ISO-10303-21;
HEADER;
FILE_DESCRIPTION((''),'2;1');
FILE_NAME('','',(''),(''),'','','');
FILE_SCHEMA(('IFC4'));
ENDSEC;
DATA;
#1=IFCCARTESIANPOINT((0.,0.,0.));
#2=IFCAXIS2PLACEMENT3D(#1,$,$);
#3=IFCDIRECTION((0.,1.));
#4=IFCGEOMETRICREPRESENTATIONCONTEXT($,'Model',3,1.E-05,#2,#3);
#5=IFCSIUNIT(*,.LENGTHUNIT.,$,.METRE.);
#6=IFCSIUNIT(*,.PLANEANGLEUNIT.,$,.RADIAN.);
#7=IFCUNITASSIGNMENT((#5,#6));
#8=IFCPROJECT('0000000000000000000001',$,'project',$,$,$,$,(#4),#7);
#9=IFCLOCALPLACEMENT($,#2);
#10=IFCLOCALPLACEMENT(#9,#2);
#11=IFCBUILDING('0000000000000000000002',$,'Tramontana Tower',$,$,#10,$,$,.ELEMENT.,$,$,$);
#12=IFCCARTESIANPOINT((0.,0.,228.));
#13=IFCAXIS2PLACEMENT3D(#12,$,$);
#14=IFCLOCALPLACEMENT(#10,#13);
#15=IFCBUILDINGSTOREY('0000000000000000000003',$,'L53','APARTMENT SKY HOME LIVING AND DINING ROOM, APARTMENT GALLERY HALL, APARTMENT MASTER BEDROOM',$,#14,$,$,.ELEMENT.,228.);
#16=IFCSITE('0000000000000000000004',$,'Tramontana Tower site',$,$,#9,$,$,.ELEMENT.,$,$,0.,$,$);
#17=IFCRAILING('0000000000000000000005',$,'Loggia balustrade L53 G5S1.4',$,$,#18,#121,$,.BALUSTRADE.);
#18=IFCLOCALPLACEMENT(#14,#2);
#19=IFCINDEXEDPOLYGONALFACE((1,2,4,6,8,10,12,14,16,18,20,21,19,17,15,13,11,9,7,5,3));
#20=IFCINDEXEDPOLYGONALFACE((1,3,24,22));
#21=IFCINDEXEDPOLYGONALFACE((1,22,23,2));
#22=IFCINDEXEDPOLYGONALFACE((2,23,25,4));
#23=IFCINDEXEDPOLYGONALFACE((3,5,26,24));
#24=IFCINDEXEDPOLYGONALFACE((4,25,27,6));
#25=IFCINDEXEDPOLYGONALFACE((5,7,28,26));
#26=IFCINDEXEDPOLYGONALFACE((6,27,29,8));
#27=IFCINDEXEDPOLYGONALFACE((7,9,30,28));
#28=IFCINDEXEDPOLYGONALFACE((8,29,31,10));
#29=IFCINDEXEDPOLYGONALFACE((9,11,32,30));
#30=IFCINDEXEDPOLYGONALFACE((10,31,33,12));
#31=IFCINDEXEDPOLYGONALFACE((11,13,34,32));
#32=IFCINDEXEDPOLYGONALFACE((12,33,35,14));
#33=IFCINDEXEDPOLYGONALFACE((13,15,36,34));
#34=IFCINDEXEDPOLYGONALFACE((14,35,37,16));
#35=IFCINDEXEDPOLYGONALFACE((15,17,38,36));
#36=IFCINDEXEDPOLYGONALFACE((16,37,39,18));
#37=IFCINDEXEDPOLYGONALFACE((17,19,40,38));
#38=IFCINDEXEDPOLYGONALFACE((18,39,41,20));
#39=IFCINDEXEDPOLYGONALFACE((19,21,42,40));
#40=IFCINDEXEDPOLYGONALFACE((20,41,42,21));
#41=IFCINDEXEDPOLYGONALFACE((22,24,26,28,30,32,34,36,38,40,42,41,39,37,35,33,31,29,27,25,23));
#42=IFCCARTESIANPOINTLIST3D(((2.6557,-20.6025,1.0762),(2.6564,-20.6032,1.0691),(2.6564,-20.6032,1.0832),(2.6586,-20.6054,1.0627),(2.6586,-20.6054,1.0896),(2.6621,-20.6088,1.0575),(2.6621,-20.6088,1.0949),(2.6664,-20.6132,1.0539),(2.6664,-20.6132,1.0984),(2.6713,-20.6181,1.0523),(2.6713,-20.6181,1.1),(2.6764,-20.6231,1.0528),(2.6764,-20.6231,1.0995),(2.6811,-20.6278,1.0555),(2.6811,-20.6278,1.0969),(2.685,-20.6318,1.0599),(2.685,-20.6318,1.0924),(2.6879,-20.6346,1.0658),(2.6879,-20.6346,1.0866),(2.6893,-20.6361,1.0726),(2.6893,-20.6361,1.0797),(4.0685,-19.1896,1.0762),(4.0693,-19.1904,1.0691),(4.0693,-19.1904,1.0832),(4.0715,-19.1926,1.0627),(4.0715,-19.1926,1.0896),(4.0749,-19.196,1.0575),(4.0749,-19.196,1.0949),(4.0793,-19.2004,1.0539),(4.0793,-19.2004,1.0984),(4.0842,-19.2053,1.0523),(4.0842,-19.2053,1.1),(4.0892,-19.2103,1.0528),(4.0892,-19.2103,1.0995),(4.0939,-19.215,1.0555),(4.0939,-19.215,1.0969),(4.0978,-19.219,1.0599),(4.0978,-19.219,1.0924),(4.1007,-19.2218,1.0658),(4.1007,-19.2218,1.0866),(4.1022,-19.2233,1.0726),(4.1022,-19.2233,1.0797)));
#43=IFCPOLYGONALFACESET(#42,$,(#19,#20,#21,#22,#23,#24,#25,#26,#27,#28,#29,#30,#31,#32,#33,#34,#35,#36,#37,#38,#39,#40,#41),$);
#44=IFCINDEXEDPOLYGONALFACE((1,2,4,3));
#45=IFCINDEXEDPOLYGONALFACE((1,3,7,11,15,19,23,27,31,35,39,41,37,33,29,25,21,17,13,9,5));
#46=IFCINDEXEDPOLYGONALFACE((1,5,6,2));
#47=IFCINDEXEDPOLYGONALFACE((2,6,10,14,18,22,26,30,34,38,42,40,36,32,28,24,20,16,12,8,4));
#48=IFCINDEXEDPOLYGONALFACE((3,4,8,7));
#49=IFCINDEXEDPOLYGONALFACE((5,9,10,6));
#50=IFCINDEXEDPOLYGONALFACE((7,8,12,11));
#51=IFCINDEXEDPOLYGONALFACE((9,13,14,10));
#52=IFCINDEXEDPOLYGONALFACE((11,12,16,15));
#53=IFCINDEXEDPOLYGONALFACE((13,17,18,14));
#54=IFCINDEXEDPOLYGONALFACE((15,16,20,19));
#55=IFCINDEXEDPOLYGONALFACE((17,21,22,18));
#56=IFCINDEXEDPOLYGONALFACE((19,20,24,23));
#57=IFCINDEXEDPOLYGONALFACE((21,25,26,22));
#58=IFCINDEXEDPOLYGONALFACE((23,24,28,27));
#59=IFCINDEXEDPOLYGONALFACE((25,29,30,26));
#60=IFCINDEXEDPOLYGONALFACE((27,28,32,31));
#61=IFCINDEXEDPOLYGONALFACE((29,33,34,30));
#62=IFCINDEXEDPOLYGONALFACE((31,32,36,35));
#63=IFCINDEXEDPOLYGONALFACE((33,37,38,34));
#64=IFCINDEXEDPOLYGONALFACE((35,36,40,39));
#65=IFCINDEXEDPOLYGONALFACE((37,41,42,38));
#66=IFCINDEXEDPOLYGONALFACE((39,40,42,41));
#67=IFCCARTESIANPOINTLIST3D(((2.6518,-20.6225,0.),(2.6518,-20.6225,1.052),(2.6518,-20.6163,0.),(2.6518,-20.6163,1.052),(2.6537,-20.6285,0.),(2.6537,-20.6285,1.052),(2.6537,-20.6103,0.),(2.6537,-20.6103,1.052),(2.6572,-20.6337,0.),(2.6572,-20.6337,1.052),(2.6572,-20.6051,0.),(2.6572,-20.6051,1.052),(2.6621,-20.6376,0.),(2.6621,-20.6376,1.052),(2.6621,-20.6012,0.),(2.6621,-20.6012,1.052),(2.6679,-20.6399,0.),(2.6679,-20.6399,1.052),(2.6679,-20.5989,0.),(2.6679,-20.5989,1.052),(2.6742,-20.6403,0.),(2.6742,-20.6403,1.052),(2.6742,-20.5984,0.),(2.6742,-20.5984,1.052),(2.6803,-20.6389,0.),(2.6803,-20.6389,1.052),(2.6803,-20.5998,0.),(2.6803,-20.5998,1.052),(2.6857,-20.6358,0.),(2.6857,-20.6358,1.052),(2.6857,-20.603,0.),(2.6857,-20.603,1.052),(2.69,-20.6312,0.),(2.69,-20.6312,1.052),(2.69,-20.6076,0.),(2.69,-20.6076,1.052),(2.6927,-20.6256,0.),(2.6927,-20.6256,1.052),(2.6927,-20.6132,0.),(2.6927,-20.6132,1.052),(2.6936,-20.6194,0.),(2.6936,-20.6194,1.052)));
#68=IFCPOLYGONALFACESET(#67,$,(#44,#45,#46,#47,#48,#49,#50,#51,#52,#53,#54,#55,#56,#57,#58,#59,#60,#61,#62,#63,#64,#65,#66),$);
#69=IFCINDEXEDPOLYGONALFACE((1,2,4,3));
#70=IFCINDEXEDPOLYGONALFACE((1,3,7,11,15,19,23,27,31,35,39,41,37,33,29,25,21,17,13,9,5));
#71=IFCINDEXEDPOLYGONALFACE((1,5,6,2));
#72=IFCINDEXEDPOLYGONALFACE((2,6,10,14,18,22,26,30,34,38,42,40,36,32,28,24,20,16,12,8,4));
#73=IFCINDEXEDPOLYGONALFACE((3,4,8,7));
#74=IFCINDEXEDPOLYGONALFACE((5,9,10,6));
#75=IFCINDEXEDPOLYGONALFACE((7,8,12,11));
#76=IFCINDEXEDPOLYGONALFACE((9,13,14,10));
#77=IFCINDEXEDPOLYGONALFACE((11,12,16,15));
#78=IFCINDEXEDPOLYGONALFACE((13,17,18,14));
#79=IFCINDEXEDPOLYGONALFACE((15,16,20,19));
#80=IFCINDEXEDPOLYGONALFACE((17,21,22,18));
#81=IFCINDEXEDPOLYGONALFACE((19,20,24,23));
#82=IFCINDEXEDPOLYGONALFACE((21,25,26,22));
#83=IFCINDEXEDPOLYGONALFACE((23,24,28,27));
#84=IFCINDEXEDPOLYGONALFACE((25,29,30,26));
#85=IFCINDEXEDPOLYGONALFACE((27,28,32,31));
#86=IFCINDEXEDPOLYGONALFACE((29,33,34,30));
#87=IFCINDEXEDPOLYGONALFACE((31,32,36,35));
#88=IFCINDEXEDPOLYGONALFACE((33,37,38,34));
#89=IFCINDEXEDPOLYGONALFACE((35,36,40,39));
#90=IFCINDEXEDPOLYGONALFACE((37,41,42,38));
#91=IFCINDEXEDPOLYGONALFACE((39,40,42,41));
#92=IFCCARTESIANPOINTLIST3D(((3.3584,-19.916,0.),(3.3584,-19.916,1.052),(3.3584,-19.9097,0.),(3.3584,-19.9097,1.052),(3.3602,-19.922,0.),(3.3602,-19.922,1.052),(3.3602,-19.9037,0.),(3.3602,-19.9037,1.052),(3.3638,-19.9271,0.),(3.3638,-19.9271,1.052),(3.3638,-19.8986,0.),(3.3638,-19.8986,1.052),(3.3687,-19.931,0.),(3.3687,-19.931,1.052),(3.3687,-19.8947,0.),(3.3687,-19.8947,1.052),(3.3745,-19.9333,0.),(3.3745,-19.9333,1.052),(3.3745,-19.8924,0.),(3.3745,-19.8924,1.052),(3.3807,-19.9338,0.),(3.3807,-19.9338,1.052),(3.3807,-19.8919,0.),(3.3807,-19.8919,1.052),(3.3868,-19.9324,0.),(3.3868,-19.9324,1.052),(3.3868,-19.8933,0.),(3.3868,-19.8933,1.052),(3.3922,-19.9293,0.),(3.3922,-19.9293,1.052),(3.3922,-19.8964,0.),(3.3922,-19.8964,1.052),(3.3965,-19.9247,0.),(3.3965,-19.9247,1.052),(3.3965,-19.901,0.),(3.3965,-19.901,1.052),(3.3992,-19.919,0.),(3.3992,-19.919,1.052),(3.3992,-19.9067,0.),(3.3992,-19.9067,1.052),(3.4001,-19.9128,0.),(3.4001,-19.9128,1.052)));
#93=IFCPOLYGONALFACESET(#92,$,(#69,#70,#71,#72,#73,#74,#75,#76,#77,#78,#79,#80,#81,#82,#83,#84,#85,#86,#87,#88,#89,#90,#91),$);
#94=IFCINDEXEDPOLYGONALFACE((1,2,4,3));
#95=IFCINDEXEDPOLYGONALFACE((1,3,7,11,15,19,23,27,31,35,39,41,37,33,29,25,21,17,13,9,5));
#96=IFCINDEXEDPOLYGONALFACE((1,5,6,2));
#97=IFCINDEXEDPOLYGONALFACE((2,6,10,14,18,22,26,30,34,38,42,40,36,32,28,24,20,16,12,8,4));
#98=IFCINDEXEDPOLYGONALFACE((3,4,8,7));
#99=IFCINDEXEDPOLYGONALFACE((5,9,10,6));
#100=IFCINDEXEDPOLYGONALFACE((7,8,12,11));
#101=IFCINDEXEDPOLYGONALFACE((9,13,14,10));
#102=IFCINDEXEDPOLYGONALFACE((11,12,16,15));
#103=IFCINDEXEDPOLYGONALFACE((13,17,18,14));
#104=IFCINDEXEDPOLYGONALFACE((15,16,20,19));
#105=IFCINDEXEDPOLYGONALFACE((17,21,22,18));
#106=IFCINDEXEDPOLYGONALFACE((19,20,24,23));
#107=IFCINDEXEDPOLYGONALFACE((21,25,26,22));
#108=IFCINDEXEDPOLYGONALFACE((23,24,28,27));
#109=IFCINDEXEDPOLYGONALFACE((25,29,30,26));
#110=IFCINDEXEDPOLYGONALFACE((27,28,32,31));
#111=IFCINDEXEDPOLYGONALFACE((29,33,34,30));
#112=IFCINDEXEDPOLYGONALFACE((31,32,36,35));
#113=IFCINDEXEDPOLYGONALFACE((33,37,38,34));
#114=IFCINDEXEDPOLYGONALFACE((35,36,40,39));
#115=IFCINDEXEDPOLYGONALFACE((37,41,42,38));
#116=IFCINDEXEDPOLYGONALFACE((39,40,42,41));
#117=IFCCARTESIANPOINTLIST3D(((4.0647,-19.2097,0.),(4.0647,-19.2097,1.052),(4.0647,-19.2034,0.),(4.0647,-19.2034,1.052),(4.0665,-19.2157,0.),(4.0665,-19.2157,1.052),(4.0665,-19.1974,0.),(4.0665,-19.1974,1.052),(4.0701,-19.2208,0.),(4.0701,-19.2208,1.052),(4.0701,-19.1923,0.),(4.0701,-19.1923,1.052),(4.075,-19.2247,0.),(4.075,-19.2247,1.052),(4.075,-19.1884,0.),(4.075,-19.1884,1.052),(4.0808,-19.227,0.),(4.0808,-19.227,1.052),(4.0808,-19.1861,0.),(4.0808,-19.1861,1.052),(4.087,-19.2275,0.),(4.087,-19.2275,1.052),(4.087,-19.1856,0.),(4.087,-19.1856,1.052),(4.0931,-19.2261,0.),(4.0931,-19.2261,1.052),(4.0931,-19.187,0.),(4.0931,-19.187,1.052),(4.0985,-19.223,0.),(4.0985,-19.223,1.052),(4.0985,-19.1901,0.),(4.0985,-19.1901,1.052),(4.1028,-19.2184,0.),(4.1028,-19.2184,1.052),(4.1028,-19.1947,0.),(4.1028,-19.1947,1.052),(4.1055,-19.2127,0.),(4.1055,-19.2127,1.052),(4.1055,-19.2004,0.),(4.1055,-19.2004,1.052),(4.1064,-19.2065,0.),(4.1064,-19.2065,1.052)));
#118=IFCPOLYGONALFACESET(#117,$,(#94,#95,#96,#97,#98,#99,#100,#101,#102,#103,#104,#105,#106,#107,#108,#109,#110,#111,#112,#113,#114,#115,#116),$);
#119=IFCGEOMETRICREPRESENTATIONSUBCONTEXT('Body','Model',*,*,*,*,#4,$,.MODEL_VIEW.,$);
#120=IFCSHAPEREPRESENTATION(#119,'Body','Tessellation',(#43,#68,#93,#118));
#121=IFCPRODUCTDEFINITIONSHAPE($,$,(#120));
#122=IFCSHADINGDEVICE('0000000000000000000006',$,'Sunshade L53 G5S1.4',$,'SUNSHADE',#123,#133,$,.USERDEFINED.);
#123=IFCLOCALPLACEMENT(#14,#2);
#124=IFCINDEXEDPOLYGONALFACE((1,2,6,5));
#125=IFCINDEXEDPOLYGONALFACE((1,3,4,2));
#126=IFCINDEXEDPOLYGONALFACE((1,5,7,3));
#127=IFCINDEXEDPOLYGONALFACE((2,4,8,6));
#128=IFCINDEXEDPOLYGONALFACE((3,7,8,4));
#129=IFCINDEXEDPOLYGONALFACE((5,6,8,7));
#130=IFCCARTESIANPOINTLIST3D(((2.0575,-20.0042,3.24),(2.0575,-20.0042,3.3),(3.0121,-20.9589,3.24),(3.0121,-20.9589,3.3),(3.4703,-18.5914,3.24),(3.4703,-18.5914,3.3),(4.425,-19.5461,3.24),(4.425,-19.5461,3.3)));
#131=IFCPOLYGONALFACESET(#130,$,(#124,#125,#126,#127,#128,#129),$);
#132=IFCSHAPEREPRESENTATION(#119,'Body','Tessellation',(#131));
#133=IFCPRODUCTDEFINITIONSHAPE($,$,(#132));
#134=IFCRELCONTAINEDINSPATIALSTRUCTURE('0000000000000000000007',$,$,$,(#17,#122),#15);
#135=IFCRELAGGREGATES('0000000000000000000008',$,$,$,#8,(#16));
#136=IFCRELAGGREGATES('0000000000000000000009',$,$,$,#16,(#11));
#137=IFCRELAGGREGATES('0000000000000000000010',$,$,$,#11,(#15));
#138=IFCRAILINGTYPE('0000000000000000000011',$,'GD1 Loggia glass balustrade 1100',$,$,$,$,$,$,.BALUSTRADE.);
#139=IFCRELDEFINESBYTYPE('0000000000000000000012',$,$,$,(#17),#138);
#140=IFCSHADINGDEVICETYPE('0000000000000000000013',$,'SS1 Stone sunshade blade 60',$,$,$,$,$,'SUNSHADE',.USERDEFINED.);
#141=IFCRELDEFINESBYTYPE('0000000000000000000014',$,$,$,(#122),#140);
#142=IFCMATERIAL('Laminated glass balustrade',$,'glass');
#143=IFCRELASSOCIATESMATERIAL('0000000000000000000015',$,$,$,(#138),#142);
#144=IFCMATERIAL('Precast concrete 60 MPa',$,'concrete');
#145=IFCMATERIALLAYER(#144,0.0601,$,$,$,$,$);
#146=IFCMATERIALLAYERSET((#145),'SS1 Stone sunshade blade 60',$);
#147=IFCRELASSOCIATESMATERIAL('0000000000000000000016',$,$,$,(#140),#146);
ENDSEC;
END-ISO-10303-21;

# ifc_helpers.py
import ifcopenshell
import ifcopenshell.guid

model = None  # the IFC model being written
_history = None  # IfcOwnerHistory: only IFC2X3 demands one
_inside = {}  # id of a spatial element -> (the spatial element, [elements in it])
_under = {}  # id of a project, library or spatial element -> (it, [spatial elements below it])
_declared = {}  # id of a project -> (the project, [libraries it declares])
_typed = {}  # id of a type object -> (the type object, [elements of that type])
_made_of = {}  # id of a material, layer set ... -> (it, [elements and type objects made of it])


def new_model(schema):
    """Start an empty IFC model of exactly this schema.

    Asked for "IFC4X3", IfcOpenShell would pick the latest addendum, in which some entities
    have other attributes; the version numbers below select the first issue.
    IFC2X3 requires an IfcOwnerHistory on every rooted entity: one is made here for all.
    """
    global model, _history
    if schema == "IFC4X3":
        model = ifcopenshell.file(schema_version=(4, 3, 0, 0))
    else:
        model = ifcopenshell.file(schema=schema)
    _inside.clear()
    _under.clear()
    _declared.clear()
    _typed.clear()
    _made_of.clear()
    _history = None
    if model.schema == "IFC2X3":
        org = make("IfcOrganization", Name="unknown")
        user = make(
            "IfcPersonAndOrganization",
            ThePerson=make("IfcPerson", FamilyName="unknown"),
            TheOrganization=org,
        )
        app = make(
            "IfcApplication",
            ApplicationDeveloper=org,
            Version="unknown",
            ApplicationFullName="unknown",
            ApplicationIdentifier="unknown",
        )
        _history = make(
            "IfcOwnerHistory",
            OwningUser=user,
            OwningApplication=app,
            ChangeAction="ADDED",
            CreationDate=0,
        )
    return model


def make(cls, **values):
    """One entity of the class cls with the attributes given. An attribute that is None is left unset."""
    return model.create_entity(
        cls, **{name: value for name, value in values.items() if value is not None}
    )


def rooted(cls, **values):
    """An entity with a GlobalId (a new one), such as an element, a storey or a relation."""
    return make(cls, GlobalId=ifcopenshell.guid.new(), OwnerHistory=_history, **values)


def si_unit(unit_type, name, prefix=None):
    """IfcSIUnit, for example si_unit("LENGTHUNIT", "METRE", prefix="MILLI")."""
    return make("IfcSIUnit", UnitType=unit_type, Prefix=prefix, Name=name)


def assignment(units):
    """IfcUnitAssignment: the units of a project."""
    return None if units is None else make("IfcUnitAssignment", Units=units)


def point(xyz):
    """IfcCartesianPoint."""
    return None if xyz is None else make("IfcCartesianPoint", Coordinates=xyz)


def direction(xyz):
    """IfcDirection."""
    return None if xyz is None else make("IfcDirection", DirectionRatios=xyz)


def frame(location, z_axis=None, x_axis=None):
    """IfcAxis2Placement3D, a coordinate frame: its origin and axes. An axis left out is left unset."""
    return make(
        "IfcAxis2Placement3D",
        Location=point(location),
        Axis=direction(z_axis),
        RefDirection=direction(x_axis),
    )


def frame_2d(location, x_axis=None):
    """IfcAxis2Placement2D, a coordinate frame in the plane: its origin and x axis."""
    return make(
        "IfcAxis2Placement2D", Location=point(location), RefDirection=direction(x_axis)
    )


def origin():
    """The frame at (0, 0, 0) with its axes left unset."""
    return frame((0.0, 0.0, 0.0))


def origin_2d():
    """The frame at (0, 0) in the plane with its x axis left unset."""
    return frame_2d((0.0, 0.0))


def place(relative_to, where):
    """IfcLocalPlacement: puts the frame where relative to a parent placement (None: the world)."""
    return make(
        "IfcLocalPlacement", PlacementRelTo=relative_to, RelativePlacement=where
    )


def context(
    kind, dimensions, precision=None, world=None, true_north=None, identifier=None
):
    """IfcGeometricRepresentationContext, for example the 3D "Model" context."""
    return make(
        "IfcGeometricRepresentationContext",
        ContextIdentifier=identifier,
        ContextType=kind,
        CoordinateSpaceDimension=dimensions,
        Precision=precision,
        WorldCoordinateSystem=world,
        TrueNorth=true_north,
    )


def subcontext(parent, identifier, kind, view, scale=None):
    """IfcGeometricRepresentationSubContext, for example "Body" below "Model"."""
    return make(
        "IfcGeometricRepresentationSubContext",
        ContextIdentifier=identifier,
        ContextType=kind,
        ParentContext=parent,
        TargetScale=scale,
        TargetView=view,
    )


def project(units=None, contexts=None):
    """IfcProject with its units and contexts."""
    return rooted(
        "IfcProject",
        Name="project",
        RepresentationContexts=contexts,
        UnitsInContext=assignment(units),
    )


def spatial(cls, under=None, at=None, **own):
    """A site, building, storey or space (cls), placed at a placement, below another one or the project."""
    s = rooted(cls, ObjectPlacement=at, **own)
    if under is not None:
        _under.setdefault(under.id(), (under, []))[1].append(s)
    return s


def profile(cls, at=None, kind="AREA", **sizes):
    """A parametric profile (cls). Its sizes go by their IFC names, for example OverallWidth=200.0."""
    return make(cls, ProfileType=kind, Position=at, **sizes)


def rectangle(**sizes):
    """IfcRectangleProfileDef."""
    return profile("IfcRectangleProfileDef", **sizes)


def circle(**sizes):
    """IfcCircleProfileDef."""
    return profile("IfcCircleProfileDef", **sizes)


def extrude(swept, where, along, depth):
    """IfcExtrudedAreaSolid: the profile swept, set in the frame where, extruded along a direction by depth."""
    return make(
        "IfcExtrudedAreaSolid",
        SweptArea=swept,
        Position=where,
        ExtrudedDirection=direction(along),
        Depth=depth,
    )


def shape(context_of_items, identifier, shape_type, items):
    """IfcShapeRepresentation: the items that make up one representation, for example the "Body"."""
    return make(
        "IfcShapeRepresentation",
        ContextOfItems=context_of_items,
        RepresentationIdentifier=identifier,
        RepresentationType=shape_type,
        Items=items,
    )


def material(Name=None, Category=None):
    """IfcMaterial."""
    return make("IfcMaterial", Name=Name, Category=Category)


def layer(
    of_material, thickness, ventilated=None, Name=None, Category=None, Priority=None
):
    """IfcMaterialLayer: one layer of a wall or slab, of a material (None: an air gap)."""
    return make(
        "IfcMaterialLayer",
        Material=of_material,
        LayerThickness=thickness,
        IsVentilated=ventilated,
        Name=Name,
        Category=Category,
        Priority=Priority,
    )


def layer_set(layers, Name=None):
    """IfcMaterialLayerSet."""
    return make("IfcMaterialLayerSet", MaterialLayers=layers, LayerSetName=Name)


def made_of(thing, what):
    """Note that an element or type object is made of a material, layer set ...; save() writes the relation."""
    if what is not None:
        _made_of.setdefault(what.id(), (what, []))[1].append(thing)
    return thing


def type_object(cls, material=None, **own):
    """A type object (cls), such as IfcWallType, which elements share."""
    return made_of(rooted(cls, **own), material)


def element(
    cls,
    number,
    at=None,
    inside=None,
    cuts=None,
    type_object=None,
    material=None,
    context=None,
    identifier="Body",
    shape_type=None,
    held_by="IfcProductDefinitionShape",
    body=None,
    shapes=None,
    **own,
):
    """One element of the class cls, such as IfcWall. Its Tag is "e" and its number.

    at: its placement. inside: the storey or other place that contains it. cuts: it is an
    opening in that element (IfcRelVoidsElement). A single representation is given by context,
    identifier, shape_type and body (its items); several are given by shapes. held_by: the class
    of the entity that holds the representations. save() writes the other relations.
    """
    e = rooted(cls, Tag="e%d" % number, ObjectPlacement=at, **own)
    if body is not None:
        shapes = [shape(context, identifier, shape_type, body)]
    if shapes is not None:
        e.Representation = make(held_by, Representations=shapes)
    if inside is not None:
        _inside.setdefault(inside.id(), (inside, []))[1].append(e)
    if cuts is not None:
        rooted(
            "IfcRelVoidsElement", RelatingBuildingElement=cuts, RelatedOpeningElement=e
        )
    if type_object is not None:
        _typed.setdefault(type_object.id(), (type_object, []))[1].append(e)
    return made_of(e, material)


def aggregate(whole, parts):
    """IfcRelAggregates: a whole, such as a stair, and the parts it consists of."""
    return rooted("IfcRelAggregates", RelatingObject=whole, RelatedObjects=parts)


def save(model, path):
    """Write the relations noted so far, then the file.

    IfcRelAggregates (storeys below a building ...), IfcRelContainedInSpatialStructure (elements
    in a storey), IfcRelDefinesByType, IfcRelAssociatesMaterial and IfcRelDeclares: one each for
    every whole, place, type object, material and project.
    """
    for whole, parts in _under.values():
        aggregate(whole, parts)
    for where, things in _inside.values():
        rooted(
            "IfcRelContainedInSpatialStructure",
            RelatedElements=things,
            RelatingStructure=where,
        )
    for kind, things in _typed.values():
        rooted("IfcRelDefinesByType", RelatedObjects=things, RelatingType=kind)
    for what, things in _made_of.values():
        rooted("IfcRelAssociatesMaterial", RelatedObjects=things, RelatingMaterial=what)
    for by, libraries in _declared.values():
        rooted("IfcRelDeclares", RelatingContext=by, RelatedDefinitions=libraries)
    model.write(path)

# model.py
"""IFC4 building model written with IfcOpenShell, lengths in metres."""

from ifc_helpers import new_model, si_unit, direction, frame, origin, origin_2d, place, context, subcontext, project, spatial, rectangle, circle, extrude, material, layer, layer_set, type_object, element, save


model = new_model("IFC4")

# Units and contexts
model_context = context("Model", 3, precision=1e-05, world=origin(), true_north=direction((0.0, 1.0)))
body_context = subcontext(model_context, "Body", "Model", "MODEL_VIEW")
ifc_project = project(units=[si_unit("LENGTHUNIT", "METRE"), si_unit("PLANEANGLEUNIT", "RADIAN")], contexts=[model_context])

# Site, building, storey
site_placement = place(None, origin())
site = spatial("IfcSite", under=ifc_project, at=site_placement, Name="Tramontana Tower site", CompositionType="ELEMENT", RefElevation=0.0)
building_placement = place(site_placement, origin())
building = spatial("IfcBuilding", under=site, at=building_placement, Name="Tramontana Tower", CompositionType="ELEMENT")
storey_placement = place(building_placement, frame((0.0, 0.0, 228.0)))
storey = spatial("IfcBuildingStorey", under=building, at=storey_placement, Name="L53", Description="APARTMENT SKY HOME LIVING AND DINING ROOM, APARTMENT GALLERY HALL, APARTMENT MASTER BEDROOM", CompositionType="ELEMENT", Elevation=228.0)

# Railing
ifc_material_1 = material(Name="Laminated glass balustrade", Category="glass")
railing_type = type_object("IfcRailingType", Name="GD1 Loggia glass balustrade 1100", PredefinedType="BALUSTRADE", material=ifc_material_1)
railing_placement = place(storey_placement, frame((2.6726, -20.6194, 0.0)))
element("IfcRailing", 1, at=railing_placement, inside=storey, type_object=railing_type, Name="Loggia balustrade L53 G5S1.4", PredefinedType="BALUSTRADE", context=body_context, shape_type="SweptSolid", body=[
    extrude(circle(Radius=0.0239, at=origin_2d()), frame((0.0, 0.0, 1.0762), z_axis=(0.707107, 0.707107, 0.0), x_axis=(-0.707107, 0.707107, 0.0)), (0.0, 0.0, 1.0), 1.998),
    extrude(circle(Radius=0.021, at=origin_2d()), origin(), (0.0, 0.0, 1.0), 1.052),
    extrude(circle(Radius=0.021, at=origin_2d()), frame((0.7065, 0.7065, 0.0)), (0.0, 0.0, 1.0), 1.052),
    extrude(circle(Radius=0.021, at=origin_2d()), frame((1.4128, 1.4128, 0.0)), (0.0, 0.0, 1.0), 1.052),
])

# Shading device
ifc_material_2 = material(Name="Precast concrete 60 MPa", Category="concrete")
ifc_layer_1 = layer(ifc_material_2, 0.0601)
ifc_layer_set_1 = layer_set([ifc_layer_1], Name="SS1 Stone sunshade blade 60")
shading_device_type = type_object("IfcShadingDeviceType", Name="SS1 Stone sunshade blade 60", ElementType="SUNSHADE", PredefinedType="USERDEFINED", material=ifc_layer_set_1)
shading_device_placement = place(storey_placement, frame((3.2412, -19.7751, 3.24), z_axis=(0.0, 0.0, 1.0), x_axis=(0.707107, 0.707107, 0.0)))
element("IfcShadingDevice", 2, at=shading_device_placement, inside=storey, type_object=shading_device_type, Name="Sunshade L53 G5S1.4", ObjectType="SUNSHADE", PredefinedType="USERDEFINED", context=body_context, shape_type="SweptSolid", body=[
    extrude(rectangle(XDim=1.998, YDim=1.3501, at=origin_2d()), origin(), (0.0, 0.0, 1.0), 0.0601),
])

save(model, "model.ifc")
